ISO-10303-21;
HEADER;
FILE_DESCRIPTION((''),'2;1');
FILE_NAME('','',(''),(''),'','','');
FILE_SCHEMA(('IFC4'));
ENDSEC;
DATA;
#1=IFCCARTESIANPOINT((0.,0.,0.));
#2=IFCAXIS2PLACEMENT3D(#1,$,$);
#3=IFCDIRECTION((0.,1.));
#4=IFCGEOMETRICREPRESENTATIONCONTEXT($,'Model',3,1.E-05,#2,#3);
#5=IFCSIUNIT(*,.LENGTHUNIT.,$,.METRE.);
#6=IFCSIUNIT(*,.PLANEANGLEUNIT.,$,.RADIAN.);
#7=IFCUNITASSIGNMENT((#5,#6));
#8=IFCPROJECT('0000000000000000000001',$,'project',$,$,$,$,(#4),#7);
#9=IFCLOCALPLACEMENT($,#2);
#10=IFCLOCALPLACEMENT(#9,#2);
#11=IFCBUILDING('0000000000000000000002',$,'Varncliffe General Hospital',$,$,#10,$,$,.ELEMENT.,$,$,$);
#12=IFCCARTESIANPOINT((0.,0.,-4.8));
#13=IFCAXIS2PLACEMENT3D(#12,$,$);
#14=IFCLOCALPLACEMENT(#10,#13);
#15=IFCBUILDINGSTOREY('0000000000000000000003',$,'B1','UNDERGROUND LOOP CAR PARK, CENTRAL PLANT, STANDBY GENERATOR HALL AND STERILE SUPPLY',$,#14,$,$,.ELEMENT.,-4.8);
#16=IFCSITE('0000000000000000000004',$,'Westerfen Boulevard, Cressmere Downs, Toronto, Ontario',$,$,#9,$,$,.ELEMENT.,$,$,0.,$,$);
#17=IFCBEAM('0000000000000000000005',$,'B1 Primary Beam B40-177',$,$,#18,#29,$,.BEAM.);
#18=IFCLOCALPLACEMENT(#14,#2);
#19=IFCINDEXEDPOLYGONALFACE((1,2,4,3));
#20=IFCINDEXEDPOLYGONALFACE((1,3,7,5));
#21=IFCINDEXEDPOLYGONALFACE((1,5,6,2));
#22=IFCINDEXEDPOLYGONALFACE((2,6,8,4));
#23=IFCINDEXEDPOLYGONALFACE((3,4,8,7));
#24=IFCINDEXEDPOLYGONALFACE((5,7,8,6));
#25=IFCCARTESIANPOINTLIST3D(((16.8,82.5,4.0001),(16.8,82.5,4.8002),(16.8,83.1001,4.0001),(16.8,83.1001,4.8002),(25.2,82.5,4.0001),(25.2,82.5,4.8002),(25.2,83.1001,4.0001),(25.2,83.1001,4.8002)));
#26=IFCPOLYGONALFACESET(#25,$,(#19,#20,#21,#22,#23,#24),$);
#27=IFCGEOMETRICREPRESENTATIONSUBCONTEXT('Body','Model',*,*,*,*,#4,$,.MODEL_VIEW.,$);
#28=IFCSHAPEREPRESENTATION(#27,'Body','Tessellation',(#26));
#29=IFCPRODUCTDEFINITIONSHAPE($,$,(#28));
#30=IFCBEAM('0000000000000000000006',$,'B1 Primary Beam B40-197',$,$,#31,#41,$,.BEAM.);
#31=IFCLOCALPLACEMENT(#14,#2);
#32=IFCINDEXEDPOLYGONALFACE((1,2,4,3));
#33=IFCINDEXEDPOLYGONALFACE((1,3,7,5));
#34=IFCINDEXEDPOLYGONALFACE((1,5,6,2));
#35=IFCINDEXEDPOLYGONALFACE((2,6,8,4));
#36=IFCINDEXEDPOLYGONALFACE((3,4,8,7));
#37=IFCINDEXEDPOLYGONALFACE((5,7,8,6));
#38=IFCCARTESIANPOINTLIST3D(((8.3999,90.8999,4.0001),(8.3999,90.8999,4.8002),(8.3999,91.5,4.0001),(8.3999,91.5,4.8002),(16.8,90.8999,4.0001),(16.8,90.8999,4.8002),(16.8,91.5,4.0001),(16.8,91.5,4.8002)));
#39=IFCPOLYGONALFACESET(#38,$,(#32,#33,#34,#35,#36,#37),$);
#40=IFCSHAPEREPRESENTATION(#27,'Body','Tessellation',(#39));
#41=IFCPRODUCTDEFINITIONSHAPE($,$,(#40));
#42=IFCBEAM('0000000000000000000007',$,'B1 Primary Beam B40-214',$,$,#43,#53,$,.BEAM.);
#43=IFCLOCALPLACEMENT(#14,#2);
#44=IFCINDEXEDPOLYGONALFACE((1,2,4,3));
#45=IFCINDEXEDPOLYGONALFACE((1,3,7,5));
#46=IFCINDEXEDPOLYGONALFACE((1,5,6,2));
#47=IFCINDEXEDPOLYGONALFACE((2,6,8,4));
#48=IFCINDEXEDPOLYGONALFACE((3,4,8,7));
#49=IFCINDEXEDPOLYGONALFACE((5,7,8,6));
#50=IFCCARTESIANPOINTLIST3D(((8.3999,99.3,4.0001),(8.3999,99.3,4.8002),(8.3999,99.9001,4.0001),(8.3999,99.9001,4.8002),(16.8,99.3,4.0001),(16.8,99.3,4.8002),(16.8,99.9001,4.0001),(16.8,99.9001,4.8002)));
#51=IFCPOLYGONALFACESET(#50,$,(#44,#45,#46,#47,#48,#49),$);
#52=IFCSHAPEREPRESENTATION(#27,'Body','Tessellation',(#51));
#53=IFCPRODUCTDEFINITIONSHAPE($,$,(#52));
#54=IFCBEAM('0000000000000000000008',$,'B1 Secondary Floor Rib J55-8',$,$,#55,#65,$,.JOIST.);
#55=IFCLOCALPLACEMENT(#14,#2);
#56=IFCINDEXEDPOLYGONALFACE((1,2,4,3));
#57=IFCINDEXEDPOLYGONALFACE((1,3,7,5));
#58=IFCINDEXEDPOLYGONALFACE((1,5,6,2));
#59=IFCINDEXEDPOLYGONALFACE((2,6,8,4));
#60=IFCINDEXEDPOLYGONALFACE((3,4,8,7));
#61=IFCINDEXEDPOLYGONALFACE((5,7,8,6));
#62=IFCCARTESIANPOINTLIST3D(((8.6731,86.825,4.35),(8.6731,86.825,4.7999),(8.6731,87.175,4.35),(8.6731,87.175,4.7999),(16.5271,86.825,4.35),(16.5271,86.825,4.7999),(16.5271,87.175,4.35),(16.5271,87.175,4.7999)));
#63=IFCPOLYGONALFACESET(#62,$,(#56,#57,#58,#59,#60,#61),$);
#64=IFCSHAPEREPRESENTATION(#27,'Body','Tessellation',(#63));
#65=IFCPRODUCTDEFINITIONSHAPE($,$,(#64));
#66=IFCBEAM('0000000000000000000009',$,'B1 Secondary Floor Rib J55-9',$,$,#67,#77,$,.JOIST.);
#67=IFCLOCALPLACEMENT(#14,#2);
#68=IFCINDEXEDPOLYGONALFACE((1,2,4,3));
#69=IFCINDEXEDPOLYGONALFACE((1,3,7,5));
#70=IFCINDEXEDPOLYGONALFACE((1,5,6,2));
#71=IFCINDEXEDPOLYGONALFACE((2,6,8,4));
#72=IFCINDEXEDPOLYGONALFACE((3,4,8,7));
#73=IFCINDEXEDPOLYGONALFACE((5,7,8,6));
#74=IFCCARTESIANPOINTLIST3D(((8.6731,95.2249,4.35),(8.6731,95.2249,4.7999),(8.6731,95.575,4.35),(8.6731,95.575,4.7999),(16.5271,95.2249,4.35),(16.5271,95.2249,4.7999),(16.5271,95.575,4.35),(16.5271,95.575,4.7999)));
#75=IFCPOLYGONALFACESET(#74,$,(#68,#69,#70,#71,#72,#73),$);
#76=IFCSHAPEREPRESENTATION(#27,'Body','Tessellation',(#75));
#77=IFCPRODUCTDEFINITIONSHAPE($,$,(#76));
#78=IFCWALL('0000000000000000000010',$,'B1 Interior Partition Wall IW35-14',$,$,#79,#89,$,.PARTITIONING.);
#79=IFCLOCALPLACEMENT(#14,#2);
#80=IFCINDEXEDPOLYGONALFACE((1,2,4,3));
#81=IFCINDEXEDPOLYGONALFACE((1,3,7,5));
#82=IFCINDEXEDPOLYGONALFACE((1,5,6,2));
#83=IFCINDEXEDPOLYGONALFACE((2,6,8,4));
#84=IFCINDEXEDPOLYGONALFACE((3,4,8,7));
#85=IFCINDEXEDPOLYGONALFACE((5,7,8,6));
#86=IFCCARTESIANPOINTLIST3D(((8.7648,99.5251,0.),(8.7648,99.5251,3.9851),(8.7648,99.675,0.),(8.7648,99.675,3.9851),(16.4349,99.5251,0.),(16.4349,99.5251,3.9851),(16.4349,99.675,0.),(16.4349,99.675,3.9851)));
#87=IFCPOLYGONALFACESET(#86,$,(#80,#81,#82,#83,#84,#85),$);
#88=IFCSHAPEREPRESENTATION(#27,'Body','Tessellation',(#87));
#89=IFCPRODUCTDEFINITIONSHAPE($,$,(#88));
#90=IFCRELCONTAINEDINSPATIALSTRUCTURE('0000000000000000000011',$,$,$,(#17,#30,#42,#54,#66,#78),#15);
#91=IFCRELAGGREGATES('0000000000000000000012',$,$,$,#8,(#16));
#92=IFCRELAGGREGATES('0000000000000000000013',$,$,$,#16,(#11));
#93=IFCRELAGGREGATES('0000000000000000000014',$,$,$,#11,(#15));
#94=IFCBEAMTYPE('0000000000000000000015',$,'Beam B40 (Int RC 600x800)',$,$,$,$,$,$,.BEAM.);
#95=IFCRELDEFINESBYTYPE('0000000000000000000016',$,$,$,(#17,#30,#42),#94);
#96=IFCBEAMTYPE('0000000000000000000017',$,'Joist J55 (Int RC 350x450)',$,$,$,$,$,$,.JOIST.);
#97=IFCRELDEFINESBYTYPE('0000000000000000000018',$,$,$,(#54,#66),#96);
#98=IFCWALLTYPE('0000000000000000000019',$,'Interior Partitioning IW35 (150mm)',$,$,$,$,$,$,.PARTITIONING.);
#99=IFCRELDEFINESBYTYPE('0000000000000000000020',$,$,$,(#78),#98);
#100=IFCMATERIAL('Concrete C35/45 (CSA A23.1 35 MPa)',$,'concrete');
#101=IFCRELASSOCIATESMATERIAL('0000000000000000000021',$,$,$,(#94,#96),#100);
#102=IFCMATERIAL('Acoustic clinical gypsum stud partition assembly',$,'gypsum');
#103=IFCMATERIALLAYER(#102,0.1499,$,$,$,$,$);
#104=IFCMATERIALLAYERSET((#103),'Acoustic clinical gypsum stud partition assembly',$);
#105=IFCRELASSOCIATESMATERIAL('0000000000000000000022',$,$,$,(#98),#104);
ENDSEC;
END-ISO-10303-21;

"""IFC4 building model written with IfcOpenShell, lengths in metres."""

from ifc_helpers import new_model, si_unit, direction, frame, frame_2d, origin, origin_2d, place, context, subcontext, project, spatial, rectangle, extrude, material, layer, layer_set, material_profile, profile_set, type_object, element, save


model = new_model("IFC4")

# Units and contexts
model_context = context("Model", 3, precision=1e-05, world=origin(), true_north=direction((0.0, 1.0)))
body_context = subcontext(model_context, "Body", "Model", "MODEL_VIEW")
ifc_project = project(units=[si_unit("LENGTHUNIT", "METRE"), si_unit("PLANEANGLEUNIT", "RADIAN")], contexts=[model_context])

# Site, building, storey
site_placement = place(None, origin())
site = spatial("IfcSite", under=ifc_project, at=site_placement, Name="Westerfen Boulevard, Cressmere Downs, Toronto, Ontario", CompositionType="ELEMENT", RefElevation=0.0)
building_placement = place(site_placement, origin())
building = spatial("IfcBuilding", under=site, at=building_placement, Name="Varncliffe General Hospital", CompositionType="ELEMENT")
storey_placement = place(building_placement, frame((0.0, 0.0, -4.8)))
storey = spatial("IfcBuildingStorey", under=building, at=storey_placement, Name="B1", Description="UNDERGROUND LOOP CAR PARK, CENTRAL PLANT, STANDBY GENERATOR HALL AND STERILE SUPPLY", CompositionType="ELEMENT", Elevation=-4.8)

# Beams
ifc_material_1 = material(Name="Concrete C35/45 (CSA A23.1 35 MPa)", Category="concrete")
ifc_material_profile_1 = material_profile(ifc_material_1, rectangle(XDim=0.6001, YDim=0.8, at=origin_2d()), Name="RC 600x800")
ifc_profile_set_1 = profile_set([ifc_material_profile_1], Name="Concrete C35/45 (CSA A23.1 35 MPa)")
beam_type_1 = type_object("IfcBeamType", Name="Beam B40 (Int RC 600x800)", PredefinedType="BEAM", material=ifc_profile_set_1)
beam_1_placement = place(storey_placement, frame((16.8, 82.8, 4.4001), z_axis=(1.0, 0.0, 0.0), x_axis=(0.0, 1.0, 0.0)))
element("IfcBeam", 1, at=beam_1_placement, inside=storey, type_object=beam_type_1, Name="B1 Primary Beam B40-177", PredefinedType="BEAM", context=body_context, shape_type="SweptSolid", body=[
    extrude(rectangle(XDim=0.6001, YDim=0.8, at=origin_2d()), origin(), (0.0, 0.0, 1.0), 8.3999),
])
for number, where, z_axis, x_axis, name in (
    (2, (8.3999, 91.2, 4.4001), (1.0, 0.0, 0.0), (0.0, 1.0, 0.0), "B1 Primary Beam B40-197"),
    (3, (8.3999, 99.6001, 4.4001), (1.0, 0.0, 0.0), (0.0, 1.0, 0.0), "B1 Primary Beam B40-214"),
):
    element("IfcBeam", number, at=place(storey_placement, frame(where, z_axis=z_axis, x_axis=x_axis)), inside=storey, type_object=beam_type_1, Name=name, PredefinedType="BEAM", context=body_context, shape_type="SweptSolid", body=[
        extrude(rectangle(XDim=0.6001, YDim=0.8, at=origin_2d()), origin(), (0.0, 0.0, 1.0), 8.4001),
    ])
ifc_material_profile_2 = material_profile(ifc_material_1, rectangle(XDim=0.3501, YDim=0.45, at=origin_2d()), Name="RC 350x450")
ifc_profile_set_2 = profile_set([ifc_material_profile_2], Name="Concrete C35/45 (CSA A23.1 35 MPa)")
beam_type_2 = type_object("IfcBeamType", Name="Joist J55 (Int RC 350x450)", PredefinedType="JOIST", material=ifc_profile_set_2)
for number, where, z_axis, x_axis, name in (
    (4, (8.6731, 87.0, 4.575), (1.0, 0.0, 0.0), (0.0, 1.0, 0.0), "B1 Secondary Floor Rib J55-8"),
    (5, (8.6731, 95.3999, 4.575), (1.0, 0.0, 0.0), (0.0, 1.0, 0.0), "B1 Secondary Floor Rib J55-9"),
):
    element("IfcBeam", number, at=place(storey_placement, frame(where, z_axis=z_axis, x_axis=x_axis)), inside=storey, type_object=beam_type_2, Name=name, PredefinedType="JOIST", context=body_context, shape_type="SweptSolid", body=[
        extrude(rectangle(XDim=0.3501, YDim=0.45, at=origin_2d()), origin(), (0.0, 0.0, 1.0), 7.854),
    ])

# Wall
ifc_material_2 = material(Name="Acoustic clinical gypsum stud partition assembly", Category="gypsum")
ifc_layer = layer(ifc_material_2, 0.1499)
ifc_layer_set = layer_set([ifc_layer], Name="Acoustic clinical gypsum stud partition assembly")
wall_type = type_object("IfcWallType", Name="Interior Partitioning IW35 (150mm)", PredefinedType="PARTITIONING", material=ifc_layer_set)
wall_placement = place(storey_placement, frame((8.7649, 99.6001, 0.0), z_axis=(0.0, 0.0, 1.0), x_axis=(1.0, 0.0, 0.0)))
element("IfcWall", 6, at=wall_placement, inside=storey, type_object=wall_type, Name="B1 Interior Partition Wall IW35-14", PredefinedType="PARTITIONING", context=body_context, shape_type="SweptSolid", body=[
    extrude(rectangle(XDim=7.6702, YDim=0.1499, at=frame_2d((3.835, 0.0))), origin(), (0.0, 0.0, 1.0), 3.9851),
])

save(model, "model.ifc")
